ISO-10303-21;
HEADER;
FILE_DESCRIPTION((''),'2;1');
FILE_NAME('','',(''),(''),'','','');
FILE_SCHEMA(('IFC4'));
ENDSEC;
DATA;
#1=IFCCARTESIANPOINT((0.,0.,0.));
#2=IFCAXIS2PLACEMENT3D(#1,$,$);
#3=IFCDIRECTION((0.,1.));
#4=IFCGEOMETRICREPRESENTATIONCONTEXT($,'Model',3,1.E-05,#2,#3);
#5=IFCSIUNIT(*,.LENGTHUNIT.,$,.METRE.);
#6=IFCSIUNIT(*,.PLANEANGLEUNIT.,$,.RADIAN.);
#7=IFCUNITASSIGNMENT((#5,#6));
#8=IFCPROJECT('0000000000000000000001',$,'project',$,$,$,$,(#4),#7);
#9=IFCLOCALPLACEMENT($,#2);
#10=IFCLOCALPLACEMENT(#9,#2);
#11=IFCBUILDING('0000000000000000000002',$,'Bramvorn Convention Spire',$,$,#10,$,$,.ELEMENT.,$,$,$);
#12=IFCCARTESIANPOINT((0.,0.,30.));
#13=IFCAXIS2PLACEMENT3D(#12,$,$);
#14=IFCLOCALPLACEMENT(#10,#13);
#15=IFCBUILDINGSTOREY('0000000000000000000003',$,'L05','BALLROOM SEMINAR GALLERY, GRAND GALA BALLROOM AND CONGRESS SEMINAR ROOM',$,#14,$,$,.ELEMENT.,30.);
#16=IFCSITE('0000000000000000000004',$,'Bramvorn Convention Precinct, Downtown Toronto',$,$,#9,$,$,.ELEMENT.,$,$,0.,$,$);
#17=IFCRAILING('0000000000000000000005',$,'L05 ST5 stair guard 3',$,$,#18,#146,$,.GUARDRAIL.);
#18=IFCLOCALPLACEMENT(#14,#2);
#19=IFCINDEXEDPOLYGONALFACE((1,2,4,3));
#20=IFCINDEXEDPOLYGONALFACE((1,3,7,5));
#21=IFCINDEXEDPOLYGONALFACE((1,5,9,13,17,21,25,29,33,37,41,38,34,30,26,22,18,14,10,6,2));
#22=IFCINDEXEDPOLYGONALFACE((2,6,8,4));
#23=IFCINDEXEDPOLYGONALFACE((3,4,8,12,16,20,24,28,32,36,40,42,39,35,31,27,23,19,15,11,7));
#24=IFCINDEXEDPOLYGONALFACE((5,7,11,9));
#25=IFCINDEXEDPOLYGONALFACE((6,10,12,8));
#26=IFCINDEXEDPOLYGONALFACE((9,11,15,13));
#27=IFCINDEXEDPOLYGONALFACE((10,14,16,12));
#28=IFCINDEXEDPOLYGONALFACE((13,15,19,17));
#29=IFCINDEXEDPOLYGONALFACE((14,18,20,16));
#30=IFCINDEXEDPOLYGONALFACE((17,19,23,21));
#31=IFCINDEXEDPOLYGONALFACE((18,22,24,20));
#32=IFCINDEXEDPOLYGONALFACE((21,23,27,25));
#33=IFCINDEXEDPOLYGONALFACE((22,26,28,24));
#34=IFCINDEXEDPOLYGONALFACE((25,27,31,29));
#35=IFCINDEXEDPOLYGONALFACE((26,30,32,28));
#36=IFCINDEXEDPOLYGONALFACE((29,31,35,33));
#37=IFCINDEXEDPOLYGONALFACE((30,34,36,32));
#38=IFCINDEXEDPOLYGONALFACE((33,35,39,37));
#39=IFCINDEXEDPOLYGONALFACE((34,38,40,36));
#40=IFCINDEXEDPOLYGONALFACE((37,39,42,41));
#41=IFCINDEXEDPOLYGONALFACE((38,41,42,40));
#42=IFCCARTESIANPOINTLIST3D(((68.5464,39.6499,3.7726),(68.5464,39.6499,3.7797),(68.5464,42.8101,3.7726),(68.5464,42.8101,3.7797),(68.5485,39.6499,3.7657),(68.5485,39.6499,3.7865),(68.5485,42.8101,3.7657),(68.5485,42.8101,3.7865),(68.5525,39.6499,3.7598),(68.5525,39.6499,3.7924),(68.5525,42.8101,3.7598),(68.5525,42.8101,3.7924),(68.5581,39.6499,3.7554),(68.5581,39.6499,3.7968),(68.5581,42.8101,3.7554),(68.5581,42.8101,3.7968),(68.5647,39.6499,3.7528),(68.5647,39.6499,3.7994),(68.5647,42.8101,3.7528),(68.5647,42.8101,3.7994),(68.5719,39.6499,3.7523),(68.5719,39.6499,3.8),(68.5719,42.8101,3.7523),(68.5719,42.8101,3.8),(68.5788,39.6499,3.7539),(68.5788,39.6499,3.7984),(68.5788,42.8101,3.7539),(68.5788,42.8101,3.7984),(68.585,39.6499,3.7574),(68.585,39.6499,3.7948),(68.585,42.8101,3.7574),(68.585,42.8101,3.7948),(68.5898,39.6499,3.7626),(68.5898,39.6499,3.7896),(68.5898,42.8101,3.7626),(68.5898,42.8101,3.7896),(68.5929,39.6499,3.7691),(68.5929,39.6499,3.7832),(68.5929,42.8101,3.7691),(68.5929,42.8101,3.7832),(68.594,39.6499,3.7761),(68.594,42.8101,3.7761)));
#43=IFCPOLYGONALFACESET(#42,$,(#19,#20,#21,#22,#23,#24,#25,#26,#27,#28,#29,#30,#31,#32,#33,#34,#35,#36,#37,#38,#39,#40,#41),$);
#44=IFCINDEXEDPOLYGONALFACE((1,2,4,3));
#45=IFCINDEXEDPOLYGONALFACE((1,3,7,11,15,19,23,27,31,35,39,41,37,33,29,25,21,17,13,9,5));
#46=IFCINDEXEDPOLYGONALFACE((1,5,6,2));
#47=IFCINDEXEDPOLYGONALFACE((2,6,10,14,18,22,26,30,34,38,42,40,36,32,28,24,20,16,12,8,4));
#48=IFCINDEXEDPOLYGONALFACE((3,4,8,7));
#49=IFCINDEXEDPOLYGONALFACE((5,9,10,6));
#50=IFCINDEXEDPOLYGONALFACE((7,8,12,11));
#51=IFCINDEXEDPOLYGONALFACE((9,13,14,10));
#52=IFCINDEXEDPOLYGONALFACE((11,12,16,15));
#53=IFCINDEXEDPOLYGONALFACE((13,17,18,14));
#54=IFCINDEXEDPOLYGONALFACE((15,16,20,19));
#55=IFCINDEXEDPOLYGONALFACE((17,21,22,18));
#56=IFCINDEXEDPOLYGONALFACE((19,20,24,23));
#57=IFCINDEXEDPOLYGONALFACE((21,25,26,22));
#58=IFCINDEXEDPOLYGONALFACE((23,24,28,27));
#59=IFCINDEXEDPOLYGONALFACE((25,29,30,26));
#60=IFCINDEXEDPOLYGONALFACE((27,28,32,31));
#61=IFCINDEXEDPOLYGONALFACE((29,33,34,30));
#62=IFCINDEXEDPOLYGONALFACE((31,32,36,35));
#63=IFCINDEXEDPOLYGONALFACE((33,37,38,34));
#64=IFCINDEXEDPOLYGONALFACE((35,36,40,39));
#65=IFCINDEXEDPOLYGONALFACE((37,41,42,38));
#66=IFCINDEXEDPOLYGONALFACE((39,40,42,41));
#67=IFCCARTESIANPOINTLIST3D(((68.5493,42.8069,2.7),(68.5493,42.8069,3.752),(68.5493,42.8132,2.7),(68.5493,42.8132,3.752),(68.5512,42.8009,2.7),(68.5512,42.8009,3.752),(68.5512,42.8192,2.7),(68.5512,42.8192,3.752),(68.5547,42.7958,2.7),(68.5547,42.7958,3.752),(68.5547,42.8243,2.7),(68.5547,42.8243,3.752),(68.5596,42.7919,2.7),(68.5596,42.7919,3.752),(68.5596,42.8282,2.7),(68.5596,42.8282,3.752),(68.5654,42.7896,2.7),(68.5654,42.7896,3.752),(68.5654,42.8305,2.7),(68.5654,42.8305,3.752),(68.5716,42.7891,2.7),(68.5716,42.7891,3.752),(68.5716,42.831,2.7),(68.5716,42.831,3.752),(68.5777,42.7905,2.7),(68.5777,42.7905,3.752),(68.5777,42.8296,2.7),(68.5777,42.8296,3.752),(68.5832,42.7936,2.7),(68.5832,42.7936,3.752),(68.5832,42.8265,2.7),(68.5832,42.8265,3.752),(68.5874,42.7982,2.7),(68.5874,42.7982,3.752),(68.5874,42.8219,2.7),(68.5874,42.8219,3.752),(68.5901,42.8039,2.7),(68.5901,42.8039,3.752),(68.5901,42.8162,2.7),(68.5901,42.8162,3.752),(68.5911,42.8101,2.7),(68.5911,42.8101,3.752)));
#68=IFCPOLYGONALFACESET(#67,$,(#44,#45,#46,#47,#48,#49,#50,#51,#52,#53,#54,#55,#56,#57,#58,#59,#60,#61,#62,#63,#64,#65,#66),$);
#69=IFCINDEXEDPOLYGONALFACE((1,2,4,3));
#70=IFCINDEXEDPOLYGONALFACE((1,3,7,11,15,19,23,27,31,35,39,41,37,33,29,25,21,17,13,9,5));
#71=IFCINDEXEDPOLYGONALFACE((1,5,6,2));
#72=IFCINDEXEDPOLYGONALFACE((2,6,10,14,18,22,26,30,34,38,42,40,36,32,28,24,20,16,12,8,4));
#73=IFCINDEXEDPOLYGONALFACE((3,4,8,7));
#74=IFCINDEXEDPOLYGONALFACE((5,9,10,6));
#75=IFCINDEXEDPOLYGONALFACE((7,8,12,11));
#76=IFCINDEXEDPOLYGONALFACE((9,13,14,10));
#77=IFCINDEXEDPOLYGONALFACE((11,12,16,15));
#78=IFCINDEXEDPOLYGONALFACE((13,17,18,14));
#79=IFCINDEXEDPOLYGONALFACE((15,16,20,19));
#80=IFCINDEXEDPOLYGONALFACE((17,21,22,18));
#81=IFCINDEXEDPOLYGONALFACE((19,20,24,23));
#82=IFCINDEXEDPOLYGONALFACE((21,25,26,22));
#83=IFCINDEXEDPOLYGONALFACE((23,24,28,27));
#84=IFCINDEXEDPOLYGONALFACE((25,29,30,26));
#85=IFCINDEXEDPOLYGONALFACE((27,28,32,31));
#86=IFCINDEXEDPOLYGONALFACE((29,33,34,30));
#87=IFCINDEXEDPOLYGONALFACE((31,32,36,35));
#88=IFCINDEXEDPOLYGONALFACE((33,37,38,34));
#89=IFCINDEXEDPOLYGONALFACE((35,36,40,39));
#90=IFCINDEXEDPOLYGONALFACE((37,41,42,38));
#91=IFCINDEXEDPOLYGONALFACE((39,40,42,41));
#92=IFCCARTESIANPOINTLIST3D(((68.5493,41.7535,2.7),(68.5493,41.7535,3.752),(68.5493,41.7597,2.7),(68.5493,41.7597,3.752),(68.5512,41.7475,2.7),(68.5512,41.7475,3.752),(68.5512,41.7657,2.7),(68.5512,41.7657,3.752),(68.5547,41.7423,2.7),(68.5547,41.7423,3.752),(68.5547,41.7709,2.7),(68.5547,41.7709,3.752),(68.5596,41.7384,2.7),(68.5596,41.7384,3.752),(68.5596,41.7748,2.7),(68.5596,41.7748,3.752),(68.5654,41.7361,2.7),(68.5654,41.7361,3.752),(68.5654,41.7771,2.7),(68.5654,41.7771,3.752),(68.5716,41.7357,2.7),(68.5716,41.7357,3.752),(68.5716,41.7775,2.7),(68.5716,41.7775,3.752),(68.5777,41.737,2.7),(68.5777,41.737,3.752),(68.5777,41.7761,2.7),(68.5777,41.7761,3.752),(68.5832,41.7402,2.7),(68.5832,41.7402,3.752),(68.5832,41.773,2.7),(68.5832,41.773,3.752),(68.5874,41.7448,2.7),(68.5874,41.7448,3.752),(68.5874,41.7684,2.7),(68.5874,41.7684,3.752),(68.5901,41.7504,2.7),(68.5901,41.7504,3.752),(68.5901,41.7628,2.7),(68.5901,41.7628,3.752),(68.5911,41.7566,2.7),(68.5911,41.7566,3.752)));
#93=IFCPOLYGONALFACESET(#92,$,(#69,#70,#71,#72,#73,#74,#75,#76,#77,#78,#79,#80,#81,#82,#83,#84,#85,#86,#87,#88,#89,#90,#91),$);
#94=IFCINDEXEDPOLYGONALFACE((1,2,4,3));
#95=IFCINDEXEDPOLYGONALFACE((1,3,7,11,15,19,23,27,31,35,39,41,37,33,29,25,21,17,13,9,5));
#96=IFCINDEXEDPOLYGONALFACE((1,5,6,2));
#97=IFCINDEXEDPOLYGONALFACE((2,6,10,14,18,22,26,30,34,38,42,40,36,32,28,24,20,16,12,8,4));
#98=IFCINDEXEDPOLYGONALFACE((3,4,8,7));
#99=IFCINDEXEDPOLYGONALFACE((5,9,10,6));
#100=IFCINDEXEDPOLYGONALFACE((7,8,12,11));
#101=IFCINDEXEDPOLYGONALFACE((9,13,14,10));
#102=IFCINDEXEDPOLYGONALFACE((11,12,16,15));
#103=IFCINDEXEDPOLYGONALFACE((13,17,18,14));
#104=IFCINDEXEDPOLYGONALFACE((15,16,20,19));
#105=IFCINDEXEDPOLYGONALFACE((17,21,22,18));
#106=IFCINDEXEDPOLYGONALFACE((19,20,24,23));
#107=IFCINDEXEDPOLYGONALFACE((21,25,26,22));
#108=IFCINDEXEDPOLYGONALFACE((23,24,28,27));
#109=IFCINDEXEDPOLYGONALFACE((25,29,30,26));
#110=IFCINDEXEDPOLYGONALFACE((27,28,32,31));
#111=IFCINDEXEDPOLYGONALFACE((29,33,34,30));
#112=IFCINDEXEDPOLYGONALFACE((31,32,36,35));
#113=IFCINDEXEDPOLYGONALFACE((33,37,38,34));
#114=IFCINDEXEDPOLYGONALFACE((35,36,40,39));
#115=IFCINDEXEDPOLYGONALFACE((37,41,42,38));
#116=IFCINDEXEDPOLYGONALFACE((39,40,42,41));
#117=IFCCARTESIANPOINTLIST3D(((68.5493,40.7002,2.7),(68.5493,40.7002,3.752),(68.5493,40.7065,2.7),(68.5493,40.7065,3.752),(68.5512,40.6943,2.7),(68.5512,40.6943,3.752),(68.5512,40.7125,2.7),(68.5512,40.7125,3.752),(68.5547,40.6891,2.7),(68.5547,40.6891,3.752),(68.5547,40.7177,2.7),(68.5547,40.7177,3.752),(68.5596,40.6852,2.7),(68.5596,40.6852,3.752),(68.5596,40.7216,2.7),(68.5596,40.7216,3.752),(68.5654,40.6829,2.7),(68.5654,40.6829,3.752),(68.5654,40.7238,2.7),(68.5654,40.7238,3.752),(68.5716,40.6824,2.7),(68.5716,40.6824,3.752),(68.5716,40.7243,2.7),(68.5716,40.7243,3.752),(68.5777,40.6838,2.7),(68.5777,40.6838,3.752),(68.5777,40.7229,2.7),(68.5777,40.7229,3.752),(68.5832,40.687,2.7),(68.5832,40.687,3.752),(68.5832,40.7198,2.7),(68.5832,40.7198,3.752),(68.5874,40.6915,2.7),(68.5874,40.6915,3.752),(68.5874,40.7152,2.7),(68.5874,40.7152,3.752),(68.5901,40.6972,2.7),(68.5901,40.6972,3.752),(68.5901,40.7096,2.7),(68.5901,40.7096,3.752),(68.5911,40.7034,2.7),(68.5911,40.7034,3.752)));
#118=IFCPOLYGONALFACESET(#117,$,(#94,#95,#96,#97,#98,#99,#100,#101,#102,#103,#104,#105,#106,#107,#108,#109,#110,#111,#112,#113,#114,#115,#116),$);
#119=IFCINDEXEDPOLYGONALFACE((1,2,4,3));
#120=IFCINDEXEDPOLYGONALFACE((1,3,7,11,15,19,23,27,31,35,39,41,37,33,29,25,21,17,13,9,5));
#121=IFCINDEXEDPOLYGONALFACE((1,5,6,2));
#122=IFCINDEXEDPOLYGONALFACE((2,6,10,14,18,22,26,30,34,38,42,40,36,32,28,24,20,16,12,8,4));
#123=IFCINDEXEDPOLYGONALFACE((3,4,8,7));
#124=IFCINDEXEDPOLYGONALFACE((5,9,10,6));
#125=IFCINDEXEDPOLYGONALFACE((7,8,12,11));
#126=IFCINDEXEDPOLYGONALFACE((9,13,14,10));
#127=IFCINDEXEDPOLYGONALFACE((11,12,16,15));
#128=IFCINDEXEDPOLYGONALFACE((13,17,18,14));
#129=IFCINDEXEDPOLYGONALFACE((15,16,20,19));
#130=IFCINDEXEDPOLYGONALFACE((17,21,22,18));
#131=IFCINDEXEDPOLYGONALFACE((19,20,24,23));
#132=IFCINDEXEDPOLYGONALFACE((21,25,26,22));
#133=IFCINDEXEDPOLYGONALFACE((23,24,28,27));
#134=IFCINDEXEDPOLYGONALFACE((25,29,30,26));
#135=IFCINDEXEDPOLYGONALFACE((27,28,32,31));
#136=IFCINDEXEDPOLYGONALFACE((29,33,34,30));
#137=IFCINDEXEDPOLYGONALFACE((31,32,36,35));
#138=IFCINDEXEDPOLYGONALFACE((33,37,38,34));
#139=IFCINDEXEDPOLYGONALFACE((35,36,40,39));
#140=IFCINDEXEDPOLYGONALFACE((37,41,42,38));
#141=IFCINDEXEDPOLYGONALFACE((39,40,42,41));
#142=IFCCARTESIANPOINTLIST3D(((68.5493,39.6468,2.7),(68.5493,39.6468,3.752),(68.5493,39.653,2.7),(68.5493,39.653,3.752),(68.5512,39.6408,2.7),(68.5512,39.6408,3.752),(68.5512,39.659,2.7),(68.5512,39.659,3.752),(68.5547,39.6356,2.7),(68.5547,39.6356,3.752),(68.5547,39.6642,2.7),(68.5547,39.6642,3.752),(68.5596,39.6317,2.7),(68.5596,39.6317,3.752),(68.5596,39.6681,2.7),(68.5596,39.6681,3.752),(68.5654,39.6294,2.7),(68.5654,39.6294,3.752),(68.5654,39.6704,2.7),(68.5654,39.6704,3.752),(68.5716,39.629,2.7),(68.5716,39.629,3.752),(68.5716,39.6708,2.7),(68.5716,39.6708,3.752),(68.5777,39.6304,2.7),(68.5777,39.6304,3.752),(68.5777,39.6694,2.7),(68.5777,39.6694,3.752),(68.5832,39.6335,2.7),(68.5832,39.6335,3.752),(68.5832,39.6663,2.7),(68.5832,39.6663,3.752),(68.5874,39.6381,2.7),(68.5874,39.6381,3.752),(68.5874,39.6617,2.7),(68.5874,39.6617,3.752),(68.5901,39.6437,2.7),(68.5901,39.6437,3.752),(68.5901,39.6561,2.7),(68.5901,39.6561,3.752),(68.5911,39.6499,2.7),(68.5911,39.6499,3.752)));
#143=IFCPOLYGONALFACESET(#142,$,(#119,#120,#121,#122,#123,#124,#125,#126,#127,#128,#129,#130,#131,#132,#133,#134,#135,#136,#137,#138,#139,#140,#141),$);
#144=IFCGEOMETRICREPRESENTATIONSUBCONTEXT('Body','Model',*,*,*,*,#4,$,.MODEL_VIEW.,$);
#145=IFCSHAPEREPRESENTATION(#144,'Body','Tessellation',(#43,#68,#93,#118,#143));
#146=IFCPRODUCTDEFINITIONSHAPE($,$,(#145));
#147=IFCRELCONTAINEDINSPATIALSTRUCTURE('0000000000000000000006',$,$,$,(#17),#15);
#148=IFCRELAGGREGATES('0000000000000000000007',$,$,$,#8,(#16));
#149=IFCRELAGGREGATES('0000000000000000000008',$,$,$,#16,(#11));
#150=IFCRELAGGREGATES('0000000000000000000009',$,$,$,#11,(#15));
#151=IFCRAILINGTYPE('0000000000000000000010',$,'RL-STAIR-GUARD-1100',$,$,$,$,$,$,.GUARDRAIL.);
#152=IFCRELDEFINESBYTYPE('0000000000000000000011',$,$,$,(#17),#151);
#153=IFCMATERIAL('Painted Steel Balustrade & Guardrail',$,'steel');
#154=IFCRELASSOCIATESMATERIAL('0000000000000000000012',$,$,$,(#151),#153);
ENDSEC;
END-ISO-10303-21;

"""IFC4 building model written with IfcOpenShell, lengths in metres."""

from ifc_helpers import new_model, si_unit, direction, frame, origin, origin_2d, place, context, subcontext, project, spatial, circle, extrude, material, type_object, element, save


model = new_model("IFC4")

# Units and contexts
model_context = context("Model", 3, precision=1e-05, world=origin(), true_north=direction((0.0, 1.0)))
body_context = subcontext(model_context, "Body", "Model", "MODEL_VIEW")
ifc_project = project(units=[si_unit("LENGTHUNIT", "METRE"), si_unit("PLANEANGLEUNIT", "RADIAN")], contexts=[model_context])

# Site, building, storey
site_placement = place(None, origin())
site = spatial("IfcSite", under=ifc_project, at=site_placement, Name="Bramvorn Convention Precinct, Downtown Toronto", CompositionType="ELEMENT", RefElevation=0.0)
building_placement = place(site_placement, origin())
building = spatial("IfcBuilding", under=site, at=building_placement, Name="Bramvorn Convention Spire", CompositionType="ELEMENT")
storey_placement = place(building_placement, frame((0.0, 0.0, 30.0)))
storey = spatial("IfcBuildingStorey", under=building, at=storey_placement, Name="L05", Description="BALLROOM SEMINAR GALLERY, GRAND GALA BALLROOM AND CONGRESS SEMINAR ROOM", CompositionType="ELEMENT", Elevation=30.0)

# Railing
ifc_material_1 = material(Name="Painted Steel Balustrade & Guardrail", Category="steel")
railing_type_1 = type_object("IfcRailingType", Name="RL-STAIR-GUARD-1100", PredefinedType="GUARDRAIL", material=ifc_material_1)
for number, where, name in (
    (1, (68.5701, 42.8101, 2.7), "L05 ST5 stair guard 3"),
):
    element("IfcRailing", number, at=place(storey_placement, frame(where)), inside=storey, type_object=railing_type_1, Name=name, PredefinedType="GUARDRAIL", context=body_context, shape_type="SweptSolid", body=[
        extrude(circle(Radius=0.0239, at=origin_2d()), frame((0.0, 0.0, 1.0762), z_axis=(0.0, -1.0, 0.0), x_axis=(1.0, 0.0, 0.0)), (0.0, 0.0, 1.0), 3.1602),
        extrude(circle(Radius=0.021, at=origin_2d()), origin(), (0.0, 0.0, 1.0), 1.052),
        extrude(circle(Radius=0.021, at=origin_2d()), frame((0.0, -1.0535, 0.0)), (0.0, 0.0, 1.0), 1.052),
        extrude(circle(Radius=0.021, at=origin_2d()), frame((0.0, -2.1067, 0.0)), (0.0, 0.0, 1.0), 1.052),
        extrude(circle(Radius=0.021, at=origin_2d()), frame((0.0, -3.1602, 0.0)), (0.0, 0.0, 1.0), 1.052),
    ])

save(model, "model.ifc")
